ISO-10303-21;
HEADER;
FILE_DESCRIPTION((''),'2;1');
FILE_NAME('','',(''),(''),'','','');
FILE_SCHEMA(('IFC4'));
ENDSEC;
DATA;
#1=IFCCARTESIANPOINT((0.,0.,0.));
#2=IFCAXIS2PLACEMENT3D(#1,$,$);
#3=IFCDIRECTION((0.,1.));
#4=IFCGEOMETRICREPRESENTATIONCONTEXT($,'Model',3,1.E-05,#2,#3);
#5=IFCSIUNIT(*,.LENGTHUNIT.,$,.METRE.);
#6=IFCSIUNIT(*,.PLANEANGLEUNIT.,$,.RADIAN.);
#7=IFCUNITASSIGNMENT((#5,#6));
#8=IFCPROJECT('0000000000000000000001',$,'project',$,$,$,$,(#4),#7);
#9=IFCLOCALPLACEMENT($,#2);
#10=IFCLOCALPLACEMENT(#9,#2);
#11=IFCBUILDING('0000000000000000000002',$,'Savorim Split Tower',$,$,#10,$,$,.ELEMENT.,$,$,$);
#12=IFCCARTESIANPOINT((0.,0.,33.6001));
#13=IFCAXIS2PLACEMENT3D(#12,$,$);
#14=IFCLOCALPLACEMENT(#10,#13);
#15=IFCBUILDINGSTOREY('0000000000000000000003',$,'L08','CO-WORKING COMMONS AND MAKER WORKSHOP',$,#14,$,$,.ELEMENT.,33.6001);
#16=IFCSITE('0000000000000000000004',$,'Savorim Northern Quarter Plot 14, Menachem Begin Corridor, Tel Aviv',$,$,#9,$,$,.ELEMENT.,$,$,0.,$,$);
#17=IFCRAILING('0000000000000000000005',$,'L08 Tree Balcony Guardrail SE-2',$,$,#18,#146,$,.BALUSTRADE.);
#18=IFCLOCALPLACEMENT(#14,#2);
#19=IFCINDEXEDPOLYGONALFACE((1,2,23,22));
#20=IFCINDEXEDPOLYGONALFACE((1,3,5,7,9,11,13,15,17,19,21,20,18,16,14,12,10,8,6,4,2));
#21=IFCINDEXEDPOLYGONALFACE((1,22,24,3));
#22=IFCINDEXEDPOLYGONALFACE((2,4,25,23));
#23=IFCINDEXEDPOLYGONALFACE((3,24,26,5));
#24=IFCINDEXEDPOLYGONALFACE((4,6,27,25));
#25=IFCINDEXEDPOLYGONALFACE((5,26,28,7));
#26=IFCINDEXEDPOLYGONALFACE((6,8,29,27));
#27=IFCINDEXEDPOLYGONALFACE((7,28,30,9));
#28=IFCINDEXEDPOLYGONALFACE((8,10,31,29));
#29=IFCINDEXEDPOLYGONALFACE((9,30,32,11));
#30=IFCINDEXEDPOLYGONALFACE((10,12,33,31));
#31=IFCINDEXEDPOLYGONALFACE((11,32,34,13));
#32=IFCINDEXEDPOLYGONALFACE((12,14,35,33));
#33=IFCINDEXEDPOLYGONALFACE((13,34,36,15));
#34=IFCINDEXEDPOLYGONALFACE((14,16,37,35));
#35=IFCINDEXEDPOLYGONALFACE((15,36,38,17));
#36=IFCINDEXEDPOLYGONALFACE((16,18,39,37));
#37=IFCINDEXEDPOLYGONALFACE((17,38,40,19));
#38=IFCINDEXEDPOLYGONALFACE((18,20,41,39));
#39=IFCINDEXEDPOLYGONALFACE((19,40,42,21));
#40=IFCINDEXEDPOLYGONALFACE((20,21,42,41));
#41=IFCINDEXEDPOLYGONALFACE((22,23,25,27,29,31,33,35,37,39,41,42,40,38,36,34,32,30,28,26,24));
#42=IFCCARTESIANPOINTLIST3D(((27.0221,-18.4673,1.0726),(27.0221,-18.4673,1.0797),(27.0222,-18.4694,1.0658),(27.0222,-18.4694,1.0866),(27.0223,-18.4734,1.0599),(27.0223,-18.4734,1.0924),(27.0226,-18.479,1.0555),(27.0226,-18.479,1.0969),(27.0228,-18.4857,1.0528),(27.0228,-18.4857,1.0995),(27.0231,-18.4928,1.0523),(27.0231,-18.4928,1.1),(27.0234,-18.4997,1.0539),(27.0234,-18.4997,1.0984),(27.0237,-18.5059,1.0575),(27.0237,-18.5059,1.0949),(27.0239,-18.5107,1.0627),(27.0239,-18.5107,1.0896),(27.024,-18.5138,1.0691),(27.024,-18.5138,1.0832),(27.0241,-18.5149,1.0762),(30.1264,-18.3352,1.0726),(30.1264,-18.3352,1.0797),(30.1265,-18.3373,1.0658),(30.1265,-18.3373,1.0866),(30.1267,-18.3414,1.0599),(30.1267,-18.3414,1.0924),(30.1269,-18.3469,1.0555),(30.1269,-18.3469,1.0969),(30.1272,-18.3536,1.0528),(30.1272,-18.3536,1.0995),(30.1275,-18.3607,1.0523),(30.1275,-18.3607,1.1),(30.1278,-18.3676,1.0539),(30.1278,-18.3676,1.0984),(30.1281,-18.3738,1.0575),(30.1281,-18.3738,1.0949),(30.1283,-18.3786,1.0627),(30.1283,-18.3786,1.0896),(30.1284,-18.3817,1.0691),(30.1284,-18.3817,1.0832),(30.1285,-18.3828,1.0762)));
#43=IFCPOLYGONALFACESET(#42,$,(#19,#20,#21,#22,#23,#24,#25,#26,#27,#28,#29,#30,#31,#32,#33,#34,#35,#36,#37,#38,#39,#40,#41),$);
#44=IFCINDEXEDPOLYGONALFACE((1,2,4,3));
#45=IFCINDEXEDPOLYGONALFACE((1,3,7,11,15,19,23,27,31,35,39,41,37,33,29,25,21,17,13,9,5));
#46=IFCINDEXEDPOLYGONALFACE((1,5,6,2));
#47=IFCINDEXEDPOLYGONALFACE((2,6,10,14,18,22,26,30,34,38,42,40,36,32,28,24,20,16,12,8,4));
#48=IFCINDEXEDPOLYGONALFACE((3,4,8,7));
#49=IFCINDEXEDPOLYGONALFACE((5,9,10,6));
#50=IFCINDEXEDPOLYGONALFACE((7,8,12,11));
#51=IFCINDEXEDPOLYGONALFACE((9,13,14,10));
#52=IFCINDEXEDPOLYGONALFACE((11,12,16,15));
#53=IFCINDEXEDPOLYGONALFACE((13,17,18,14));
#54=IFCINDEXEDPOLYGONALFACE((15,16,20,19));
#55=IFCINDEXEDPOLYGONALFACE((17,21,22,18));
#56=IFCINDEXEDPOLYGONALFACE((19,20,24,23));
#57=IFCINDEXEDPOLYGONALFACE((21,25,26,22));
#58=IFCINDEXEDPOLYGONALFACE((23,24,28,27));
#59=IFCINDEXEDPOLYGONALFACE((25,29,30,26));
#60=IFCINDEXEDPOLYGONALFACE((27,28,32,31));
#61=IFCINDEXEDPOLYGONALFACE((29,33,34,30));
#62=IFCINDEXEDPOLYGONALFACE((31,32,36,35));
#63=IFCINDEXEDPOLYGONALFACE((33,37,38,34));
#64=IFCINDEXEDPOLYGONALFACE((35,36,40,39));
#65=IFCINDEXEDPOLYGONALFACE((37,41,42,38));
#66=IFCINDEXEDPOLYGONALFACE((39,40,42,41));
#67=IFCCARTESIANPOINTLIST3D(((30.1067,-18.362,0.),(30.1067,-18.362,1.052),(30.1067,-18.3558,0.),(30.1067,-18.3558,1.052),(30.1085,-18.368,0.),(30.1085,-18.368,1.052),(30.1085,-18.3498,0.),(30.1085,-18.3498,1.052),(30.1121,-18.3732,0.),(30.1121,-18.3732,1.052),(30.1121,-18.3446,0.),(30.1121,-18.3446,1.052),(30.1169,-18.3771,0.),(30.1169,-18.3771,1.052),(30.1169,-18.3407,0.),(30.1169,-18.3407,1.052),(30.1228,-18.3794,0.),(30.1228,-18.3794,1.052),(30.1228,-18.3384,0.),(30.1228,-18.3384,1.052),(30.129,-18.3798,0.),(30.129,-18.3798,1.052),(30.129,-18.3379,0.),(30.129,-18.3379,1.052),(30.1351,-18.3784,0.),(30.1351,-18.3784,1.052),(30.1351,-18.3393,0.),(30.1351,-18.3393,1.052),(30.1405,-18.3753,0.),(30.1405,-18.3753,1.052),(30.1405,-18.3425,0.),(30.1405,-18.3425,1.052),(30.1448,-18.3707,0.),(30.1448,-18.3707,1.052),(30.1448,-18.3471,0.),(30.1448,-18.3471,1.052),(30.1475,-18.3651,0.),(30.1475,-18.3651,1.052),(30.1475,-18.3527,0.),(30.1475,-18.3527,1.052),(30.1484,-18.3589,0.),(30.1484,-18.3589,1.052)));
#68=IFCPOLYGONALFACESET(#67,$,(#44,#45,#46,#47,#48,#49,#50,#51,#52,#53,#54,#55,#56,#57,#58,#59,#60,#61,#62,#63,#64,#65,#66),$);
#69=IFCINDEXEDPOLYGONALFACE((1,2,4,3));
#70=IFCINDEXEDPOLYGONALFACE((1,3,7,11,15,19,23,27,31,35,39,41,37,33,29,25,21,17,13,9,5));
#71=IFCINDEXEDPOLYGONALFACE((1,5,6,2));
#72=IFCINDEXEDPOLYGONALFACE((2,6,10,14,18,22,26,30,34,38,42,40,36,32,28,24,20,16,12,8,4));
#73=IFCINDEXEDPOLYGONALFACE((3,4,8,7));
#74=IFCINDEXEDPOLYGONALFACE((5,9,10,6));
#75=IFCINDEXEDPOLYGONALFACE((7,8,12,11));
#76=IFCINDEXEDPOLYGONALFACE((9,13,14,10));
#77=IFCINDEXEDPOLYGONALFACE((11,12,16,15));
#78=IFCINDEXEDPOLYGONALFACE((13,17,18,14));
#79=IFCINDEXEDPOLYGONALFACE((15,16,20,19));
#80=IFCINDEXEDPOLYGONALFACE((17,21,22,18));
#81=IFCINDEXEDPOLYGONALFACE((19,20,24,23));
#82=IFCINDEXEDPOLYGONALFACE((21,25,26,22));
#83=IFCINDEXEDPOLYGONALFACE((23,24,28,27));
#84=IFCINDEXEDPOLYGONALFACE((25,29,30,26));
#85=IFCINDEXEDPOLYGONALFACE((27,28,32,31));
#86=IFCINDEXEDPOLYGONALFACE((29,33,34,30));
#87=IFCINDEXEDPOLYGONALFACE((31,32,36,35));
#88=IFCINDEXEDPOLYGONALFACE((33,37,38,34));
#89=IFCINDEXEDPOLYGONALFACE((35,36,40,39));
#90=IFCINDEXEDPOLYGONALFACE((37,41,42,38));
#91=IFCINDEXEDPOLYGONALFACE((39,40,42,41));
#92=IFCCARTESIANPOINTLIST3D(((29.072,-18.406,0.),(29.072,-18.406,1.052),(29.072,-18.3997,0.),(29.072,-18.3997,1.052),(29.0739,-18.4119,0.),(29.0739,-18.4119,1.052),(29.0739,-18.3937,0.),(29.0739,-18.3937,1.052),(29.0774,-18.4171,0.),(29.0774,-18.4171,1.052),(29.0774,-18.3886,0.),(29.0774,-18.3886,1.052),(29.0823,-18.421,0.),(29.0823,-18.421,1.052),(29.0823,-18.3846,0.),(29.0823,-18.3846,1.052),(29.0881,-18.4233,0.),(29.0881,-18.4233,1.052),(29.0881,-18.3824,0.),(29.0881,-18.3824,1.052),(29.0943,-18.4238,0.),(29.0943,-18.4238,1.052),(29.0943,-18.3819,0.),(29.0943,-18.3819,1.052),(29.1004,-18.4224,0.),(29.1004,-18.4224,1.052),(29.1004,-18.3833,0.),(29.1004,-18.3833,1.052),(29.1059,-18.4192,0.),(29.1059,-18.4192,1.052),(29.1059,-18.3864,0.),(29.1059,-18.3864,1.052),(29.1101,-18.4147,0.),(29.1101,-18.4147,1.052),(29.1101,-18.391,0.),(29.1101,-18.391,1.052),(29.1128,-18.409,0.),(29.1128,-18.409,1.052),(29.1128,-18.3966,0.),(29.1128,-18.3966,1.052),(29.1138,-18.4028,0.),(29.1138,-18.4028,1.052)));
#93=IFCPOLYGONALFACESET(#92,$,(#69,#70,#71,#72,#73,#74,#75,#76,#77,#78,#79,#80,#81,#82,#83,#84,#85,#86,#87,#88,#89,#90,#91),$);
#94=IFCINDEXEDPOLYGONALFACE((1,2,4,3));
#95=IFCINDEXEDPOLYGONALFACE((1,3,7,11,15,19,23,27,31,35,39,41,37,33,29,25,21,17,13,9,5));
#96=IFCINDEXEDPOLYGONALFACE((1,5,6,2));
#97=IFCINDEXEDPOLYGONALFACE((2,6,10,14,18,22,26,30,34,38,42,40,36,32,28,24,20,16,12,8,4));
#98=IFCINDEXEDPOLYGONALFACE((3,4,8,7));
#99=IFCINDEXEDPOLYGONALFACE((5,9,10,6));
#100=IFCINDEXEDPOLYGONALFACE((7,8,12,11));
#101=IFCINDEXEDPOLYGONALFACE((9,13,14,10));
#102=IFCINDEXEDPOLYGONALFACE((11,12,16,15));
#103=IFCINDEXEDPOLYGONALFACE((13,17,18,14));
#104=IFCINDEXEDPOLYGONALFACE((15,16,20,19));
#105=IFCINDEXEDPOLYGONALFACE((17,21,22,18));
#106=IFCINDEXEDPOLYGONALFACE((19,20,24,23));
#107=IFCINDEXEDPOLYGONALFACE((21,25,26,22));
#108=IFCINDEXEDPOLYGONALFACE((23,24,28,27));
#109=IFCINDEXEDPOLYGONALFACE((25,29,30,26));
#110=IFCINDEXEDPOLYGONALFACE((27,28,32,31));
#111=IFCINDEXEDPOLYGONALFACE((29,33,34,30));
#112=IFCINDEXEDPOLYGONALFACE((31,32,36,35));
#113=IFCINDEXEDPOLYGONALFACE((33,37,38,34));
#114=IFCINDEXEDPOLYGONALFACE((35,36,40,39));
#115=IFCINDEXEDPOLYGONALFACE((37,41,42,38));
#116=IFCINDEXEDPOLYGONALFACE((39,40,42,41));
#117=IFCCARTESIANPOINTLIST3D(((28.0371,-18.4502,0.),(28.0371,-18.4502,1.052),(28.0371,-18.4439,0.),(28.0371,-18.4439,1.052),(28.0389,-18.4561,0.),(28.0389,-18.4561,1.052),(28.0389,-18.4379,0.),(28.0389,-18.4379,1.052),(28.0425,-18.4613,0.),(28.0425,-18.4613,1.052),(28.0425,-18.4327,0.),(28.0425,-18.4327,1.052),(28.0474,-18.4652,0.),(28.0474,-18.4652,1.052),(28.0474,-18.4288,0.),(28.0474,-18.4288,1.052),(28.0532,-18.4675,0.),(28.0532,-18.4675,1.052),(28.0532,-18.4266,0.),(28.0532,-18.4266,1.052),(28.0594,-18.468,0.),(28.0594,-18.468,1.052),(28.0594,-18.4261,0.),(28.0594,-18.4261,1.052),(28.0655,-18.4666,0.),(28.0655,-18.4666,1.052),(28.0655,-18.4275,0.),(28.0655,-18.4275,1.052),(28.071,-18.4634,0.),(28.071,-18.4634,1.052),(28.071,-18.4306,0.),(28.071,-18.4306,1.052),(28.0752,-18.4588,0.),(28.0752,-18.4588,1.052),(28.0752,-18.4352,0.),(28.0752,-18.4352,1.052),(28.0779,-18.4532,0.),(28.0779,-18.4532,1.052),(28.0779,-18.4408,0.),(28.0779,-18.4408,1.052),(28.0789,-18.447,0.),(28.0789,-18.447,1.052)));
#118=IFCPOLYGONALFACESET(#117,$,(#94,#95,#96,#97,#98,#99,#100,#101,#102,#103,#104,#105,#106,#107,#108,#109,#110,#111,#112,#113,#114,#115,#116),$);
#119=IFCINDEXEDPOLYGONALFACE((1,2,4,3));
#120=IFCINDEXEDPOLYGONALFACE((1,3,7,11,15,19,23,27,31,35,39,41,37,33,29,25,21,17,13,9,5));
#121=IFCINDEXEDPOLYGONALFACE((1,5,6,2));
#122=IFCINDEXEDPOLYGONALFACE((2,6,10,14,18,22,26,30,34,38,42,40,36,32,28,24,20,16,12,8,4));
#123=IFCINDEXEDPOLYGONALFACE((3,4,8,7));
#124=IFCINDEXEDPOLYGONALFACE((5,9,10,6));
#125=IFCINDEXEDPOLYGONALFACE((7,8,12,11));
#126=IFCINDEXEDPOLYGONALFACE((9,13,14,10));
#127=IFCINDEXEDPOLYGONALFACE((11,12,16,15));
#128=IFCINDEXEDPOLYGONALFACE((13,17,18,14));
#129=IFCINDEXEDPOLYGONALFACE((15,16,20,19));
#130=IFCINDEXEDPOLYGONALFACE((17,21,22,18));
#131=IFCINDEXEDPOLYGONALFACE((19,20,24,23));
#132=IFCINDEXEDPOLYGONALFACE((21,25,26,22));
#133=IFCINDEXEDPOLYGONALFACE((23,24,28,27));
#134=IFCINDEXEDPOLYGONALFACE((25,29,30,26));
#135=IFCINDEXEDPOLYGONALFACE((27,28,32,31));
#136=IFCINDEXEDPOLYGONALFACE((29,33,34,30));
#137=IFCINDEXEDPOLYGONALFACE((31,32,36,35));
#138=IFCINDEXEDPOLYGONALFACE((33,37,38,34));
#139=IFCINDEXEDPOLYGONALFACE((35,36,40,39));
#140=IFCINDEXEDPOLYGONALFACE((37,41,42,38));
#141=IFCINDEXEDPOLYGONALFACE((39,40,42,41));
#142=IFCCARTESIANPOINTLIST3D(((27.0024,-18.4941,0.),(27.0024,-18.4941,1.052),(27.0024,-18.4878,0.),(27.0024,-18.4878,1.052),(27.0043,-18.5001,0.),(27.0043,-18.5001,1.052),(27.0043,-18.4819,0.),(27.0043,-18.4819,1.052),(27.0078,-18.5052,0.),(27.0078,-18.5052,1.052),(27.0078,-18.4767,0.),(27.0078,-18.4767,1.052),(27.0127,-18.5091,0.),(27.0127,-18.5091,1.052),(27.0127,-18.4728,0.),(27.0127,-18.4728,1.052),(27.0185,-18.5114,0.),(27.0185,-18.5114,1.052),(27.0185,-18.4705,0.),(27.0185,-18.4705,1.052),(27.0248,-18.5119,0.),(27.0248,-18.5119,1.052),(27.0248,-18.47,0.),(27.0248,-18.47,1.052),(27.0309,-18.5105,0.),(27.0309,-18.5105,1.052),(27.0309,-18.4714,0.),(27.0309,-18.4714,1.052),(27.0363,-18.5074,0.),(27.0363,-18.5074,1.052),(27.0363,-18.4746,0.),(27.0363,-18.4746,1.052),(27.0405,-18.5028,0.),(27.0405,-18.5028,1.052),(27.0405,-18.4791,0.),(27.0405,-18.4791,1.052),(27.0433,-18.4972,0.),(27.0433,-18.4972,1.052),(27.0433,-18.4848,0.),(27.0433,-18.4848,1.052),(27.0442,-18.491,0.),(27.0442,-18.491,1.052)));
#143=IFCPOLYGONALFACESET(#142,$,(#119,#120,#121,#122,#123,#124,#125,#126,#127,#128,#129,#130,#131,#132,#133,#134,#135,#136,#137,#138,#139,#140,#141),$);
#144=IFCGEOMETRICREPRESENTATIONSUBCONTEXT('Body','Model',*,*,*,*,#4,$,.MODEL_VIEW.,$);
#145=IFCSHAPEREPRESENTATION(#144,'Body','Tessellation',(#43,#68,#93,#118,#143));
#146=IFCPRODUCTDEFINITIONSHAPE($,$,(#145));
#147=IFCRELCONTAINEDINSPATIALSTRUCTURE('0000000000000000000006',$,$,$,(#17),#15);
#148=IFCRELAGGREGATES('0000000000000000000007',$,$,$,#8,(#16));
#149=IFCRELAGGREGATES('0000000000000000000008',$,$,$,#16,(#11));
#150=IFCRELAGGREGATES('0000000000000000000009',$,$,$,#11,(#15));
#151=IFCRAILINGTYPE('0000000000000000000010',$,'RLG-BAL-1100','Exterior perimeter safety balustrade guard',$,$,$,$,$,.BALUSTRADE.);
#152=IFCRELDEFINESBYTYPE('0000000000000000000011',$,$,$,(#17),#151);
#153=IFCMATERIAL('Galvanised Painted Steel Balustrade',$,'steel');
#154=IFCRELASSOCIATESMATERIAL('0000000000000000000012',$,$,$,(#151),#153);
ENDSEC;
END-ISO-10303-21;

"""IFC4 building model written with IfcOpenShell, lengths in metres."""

from ifc_helpers import new_model, si_unit, direction, frame, origin, origin_2d, place, context, subcontext, project, spatial, circle, extrude, material, type_object, element, save


model = new_model("IFC4")

# Units and contexts
model_context = context("Model", 3, precision=1e-05, world=origin(), true_north=direction((0.0, 1.0)))
body_context = subcontext(model_context, "Body", "Model", "MODEL_VIEW")
ifc_project = project(units=[si_unit("LENGTHUNIT", "METRE"), si_unit("PLANEANGLEUNIT", "RADIAN")], contexts=[model_context])

# Site, building, storey
site_placement = place(None, origin())
site = spatial("IfcSite", under=ifc_project, at=site_placement, Name="Savorim Northern Quarter Plot 14, Menachem Begin Corridor, Tel Aviv", CompositionType="ELEMENT", RefElevation=0.0)
building_placement = place(site_placement, origin())
building = spatial("IfcBuilding", under=site, at=building_placement, Name="Savorim Split Tower", CompositionType="ELEMENT")
storey_placement = place(building_placement, frame((0.0, 0.0, 33.6001)))
storey = spatial("IfcBuildingStorey", under=building, at=storey_placement, Name="L08", Description="CO-WORKING COMMONS AND MAKER WORKSHOP", CompositionType="ELEMENT", Elevation=33.6001)

# Railing
ifc_material_1 = material(Name="Galvanised Painted Steel Balustrade", Category="steel")
railing_type = type_object("IfcRailingType", Name="RLG-BAL-1100", Description="Exterior perimeter safety balustrade guard", PredefinedType="BALUSTRADE", material=ifc_material_1)
railing_1_placement = place(storey_placement, frame((30.1274, -18.3589, 0.0)))
element("IfcRailing", 1, at=railing_1_placement, inside=storey, type_object=railing_type, Name="L08 Tree Balcony Guardrail SE-2", PredefinedType="BALUSTRADE", context=body_context, shape_type="SweptSolid", body=[
    extrude(circle(Radius=0.0239, at=origin_2d()), frame((0.0, 0.0, 1.0762), z_axis=(-0.999096, -0.04251, 0.0), x_axis=(0.04251, -0.999096, 0.0)), (0.0, 0.0, 1.0), 3.1072),
    extrude(circle(Radius=0.021, at=origin_2d()), origin(), (0.0, 0.0, 1.0), 1.052),
    extrude(circle(Radius=0.021, at=origin_2d()), frame((-1.0347, -0.0439, 0.0)), (0.0, 0.0, 1.0), 1.052),
    extrude(circle(Radius=0.021, at=origin_2d()), frame((-2.0696, -0.0881, 0.0)), (0.0, 0.0, 1.0), 1.052),
    extrude(circle(Radius=0.021, at=origin_2d()), frame((-3.1042, -0.1321, 0.0)), (0.0, 0.0, 1.0), 1.052),
])

save(model, "model.ifc")
